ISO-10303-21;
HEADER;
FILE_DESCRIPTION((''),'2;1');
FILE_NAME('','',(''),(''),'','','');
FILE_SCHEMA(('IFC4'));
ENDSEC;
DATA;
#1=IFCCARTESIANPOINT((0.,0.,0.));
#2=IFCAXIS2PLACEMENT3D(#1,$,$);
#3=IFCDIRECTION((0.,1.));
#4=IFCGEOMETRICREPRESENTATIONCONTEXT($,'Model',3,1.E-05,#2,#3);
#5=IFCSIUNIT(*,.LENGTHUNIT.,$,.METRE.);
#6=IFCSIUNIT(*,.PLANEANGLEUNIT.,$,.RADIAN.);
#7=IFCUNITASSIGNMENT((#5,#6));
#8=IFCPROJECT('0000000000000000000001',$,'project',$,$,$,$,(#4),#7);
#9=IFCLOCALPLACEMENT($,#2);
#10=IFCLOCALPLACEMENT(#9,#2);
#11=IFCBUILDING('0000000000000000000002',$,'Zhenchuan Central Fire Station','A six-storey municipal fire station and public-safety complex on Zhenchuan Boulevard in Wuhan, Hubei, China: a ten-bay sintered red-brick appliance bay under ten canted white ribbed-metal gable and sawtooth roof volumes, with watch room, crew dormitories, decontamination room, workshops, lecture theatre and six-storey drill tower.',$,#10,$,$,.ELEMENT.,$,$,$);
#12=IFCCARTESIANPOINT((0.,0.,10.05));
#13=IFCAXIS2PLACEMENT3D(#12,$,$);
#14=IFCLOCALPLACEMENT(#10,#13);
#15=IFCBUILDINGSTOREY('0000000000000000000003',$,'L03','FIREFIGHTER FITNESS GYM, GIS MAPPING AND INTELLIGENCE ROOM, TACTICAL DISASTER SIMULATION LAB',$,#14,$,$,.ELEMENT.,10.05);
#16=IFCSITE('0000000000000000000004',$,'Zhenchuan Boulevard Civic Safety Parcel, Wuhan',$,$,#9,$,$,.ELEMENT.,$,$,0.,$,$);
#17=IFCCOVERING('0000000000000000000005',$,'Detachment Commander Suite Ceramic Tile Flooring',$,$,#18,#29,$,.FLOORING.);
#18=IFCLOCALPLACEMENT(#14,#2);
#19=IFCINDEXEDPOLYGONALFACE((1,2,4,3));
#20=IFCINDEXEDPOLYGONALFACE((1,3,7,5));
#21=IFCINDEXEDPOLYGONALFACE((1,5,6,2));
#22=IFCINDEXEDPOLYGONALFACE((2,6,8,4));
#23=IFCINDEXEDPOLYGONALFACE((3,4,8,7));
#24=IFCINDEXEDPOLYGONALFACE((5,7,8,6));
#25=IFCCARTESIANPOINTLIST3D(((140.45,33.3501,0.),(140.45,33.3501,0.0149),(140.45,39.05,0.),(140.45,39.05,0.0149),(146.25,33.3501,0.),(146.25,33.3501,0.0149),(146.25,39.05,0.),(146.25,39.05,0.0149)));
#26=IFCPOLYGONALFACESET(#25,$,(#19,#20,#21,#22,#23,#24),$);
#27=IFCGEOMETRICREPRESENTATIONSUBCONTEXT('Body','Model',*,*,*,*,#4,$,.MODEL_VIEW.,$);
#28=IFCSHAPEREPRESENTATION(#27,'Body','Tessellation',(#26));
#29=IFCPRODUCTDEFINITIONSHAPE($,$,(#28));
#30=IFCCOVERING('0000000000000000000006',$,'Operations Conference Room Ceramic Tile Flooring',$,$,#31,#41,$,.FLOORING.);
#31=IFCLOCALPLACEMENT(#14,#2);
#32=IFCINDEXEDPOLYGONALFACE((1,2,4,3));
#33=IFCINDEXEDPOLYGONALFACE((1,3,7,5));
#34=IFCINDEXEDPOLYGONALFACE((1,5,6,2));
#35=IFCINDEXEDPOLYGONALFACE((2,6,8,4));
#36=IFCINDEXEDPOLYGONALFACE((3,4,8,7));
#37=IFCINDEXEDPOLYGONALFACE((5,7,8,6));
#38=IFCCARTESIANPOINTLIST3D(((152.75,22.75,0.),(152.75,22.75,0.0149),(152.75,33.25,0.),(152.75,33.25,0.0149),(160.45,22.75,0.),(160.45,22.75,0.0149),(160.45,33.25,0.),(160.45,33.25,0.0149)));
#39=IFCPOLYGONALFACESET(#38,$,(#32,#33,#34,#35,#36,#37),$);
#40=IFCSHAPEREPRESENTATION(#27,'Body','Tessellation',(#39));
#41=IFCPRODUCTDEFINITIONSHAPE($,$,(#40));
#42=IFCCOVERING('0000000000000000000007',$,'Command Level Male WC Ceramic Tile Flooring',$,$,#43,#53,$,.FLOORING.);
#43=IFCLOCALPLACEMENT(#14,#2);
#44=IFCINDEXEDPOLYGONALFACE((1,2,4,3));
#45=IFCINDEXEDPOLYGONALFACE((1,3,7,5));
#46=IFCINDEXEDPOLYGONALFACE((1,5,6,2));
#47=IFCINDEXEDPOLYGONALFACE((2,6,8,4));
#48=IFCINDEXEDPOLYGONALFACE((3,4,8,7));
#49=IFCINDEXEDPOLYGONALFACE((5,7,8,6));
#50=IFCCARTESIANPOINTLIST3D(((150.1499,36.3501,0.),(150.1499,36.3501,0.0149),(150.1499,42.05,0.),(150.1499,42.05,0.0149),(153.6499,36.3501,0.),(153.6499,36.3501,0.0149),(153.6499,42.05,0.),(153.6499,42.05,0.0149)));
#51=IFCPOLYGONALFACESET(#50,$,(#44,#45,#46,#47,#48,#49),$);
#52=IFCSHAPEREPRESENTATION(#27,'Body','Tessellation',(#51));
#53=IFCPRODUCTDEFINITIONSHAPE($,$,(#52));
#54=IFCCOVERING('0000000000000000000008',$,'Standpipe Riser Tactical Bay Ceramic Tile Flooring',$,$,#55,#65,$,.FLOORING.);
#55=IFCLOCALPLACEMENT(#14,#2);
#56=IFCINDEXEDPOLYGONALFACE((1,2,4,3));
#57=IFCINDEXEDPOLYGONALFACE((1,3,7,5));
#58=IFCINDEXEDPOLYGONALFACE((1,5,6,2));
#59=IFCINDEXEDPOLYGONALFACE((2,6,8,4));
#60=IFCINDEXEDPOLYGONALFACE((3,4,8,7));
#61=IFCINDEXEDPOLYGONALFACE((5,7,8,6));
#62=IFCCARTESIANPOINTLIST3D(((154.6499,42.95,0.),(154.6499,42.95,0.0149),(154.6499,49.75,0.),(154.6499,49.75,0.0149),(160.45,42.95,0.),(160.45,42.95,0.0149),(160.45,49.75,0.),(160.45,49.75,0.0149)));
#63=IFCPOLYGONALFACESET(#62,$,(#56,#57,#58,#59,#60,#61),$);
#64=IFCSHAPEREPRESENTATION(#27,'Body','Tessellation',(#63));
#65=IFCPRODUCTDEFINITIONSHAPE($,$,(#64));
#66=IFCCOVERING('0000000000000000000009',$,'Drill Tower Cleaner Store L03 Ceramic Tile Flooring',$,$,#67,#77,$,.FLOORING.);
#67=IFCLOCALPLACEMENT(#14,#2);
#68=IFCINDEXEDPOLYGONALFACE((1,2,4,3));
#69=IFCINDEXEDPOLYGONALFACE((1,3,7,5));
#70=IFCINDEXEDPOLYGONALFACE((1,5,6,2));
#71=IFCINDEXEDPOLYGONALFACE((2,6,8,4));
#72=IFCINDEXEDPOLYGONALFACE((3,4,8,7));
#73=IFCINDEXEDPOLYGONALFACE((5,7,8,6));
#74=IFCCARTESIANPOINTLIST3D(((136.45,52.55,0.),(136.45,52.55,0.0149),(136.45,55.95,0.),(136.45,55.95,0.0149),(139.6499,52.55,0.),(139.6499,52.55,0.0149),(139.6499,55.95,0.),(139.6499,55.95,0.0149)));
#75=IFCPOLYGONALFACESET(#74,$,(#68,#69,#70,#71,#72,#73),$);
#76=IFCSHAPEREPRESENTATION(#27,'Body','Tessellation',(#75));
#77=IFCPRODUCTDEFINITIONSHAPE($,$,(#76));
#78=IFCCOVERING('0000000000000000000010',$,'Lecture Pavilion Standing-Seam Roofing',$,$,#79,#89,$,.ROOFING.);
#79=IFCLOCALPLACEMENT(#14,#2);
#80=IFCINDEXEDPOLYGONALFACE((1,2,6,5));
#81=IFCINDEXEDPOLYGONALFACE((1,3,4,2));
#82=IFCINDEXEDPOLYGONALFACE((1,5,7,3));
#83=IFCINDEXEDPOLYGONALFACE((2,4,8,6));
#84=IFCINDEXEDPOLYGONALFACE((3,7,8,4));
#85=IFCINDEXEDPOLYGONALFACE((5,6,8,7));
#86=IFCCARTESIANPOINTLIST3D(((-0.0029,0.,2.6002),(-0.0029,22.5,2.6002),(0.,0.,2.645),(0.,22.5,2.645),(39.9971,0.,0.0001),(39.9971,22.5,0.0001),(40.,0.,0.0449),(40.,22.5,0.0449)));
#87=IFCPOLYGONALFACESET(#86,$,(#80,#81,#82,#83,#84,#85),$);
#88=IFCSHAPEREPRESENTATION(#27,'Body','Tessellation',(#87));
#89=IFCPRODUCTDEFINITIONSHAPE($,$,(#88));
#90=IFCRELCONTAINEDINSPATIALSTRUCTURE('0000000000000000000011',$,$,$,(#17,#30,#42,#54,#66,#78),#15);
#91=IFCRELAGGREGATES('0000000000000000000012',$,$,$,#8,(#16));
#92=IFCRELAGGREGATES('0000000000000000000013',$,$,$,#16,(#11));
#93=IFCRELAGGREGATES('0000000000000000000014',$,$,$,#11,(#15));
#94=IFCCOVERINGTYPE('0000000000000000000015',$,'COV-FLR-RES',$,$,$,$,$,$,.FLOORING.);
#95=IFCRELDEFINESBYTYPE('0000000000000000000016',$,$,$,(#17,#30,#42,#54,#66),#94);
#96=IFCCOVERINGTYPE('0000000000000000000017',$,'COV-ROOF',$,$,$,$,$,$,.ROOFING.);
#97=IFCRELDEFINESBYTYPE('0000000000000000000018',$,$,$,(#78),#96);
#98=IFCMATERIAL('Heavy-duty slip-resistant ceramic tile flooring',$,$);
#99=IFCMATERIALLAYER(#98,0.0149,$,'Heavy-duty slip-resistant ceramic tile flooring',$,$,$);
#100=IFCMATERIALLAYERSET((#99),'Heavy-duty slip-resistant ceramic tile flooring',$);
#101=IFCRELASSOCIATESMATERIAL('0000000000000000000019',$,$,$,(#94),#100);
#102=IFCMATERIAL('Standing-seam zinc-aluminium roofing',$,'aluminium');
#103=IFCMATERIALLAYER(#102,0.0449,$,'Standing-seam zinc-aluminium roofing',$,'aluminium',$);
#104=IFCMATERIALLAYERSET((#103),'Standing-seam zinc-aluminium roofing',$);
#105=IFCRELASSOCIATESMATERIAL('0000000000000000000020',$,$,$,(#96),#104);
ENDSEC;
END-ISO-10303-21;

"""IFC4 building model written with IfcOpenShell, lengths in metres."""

from ifc_helpers import new_model, si_unit, direction, frame, origin, place, context, subcontext, project, spatial, polyline, outline, extrude, material, layer, layer_set, type_object, element, save


model = new_model("IFC4")

# Units and contexts
model_context = context("Model", 3, precision=1e-05, world=origin(), true_north=direction((0.0, 1.0)))
body_context = subcontext(model_context, "Body", "Model", "MODEL_VIEW")
ifc_project = project(units=[si_unit("LENGTHUNIT", "METRE"), si_unit("PLANEANGLEUNIT", "RADIAN")], contexts=[model_context])

# Site, building, storey
site_placement = place(None, origin())
site = spatial("IfcSite", under=ifc_project, at=site_placement, Name="Zhenchuan Boulevard Civic Safety Parcel, Wuhan", CompositionType="ELEMENT", RefElevation=0.0)
building_placement = place(site_placement, origin())
building = spatial("IfcBuilding", under=site, at=building_placement, Name="Zhenchuan Central Fire Station", Description="A six-storey municipal fire station and public-safety complex on Zhenchuan Boulevard in Wuhan, Hubei, China: a ten-bay sintered red-brick appliance bay under ten canted white ribbed-metal gable and sawtooth roof volumes, with watch room, crew dormitories, decontamination room, workshops, lecture theatre and six-storey drill tower.", CompositionType="ELEMENT")
storey_placement = place(building_placement, frame((0.0, 0.0, 10.05)))
storey = spatial("IfcBuildingStorey", under=building, at=storey_placement, Name="L03", Description="FIREFIGHTER FITNESS GYM, GIS MAPPING AND INTELLIGENCE ROOM, TACTICAL DISASTER SIMULATION LAB", CompositionType="ELEMENT", Elevation=10.05)

# Coverings
ifc_material_1 = material(Name="Heavy-duty slip-resistant ceramic tile flooring")
ifc_layer_1 = layer(ifc_material_1, 0.0149, Name="Heavy-duty slip-resistant ceramic tile flooring")
ifc_layer_set_1 = layer_set([ifc_layer_1], Name="Heavy-duty slip-resistant ceramic tile flooring")
covering_type_1 = type_object("IfcCoveringType", Name="COV-FLR-RES", PredefinedType="FLOORING", material=ifc_layer_set_1)
covering_1_placement = place(storey_placement, origin())
element("IfcCovering", 1, at=covering_1_placement, inside=storey, type_object=covering_type_1, Name="Detachment Commander Suite Ceramic Tile Flooring", PredefinedType="FLOORING", context=body_context, shape_type="SweptSolid", body=[
    extrude(outline(polyline([(140.45, 33.3501), (146.25, 33.3501), (146.25, 39.05), (140.45, 39.05), (140.45, 33.3501)])), origin(), (0.0, 0.0, 1.0), 0.0149),
])
covering_2_placement = place(storey_placement, origin())
element("IfcCovering", 2, at=covering_2_placement, inside=storey, type_object=covering_type_1, Name="Operations Conference Room Ceramic Tile Flooring", PredefinedType="FLOORING", context=body_context, shape_type="SweptSolid", body=[
    extrude(outline(polyline([(152.75, 22.75), (160.45, 22.75), (160.45, 33.25), (152.75, 33.25), (152.75, 22.75)])), origin(), (0.0, 0.0, 1.0), 0.0149),
])
covering_3_placement = place(storey_placement, origin())
element("IfcCovering", 3, at=covering_3_placement, inside=storey, type_object=covering_type_1, Name="Command Level Male WC Ceramic Tile Flooring", PredefinedType="FLOORING", context=body_context, shape_type="SweptSolid", body=[
    extrude(outline(polyline([(150.1499, 36.3501), (153.6499, 36.3501), (153.6499, 42.05), (150.1499, 42.05), (150.1499, 36.3501)])), origin(), (0.0, 0.0, 1.0), 0.0149),
])
covering_4_placement = place(storey_placement, origin())
element("IfcCovering", 4, at=covering_4_placement, inside=storey, type_object=covering_type_1, Name="Standpipe Riser Tactical Bay Ceramic Tile Flooring", PredefinedType="FLOORING", context=body_context, shape_type="SweptSolid", body=[
    extrude(outline(polyline([(154.6499, 42.95), (160.45, 42.95), (160.45, 49.75), (154.6499, 49.75), (154.6499, 42.95)])), origin(), (0.0, 0.0, 1.0), 0.0149),
])
covering_5_placement = place(storey_placement, origin())
element("IfcCovering", 5, at=covering_5_placement, inside=storey, type_object=covering_type_1, Name="Drill Tower Cleaner Store L03 Ceramic Tile Flooring", PredefinedType="FLOORING", context=body_context, shape_type="SweptSolid", body=[
    extrude(outline(polyline([(136.45, 52.55), (139.6499, 52.55), (139.6499, 55.95), (136.45, 55.95), (136.45, 52.55)])), origin(), (0.0, 0.0, 1.0), 0.0149),
])
ifc_material_2 = material(Name="Standing-seam zinc-aluminium roofing", Category="aluminium")
ifc_layer_2 = layer(ifc_material_2, 0.0449, Name="Standing-seam zinc-aluminium roofing", Category="aluminium")
ifc_layer_set_2 = layer_set([ifc_layer_2], Name="Standing-seam zinc-aluminium roofing")
covering_type_2 = type_object("IfcCoveringType", Name="COV-ROOF", PredefinedType="ROOFING", material=ifc_layer_set_2)
covering_6_placement = place(storey_placement, frame((0.0, 0.0, 2.645), z_axis=(0.064866, 0.0, 0.997894), x_axis=(0.997894, 0.0, -0.064866)))
element("IfcCovering", 6, at=covering_6_placement, inside=storey, type_object=covering_type_2, Name="Lecture Pavilion Standing-Seam Roofing", PredefinedType="ROOFING", context=body_context, shape_type="SweptSolid", body=[
    extrude(outline(polyline([(0.0, 0.0), (40.0844, 0.0), (40.0844, 22.5), (0.0, 22.5), (0.0, 0.0)])), origin(), (0.0, 0.0, -1.0), 0.0449),
])

save(model, "model.ifc")
